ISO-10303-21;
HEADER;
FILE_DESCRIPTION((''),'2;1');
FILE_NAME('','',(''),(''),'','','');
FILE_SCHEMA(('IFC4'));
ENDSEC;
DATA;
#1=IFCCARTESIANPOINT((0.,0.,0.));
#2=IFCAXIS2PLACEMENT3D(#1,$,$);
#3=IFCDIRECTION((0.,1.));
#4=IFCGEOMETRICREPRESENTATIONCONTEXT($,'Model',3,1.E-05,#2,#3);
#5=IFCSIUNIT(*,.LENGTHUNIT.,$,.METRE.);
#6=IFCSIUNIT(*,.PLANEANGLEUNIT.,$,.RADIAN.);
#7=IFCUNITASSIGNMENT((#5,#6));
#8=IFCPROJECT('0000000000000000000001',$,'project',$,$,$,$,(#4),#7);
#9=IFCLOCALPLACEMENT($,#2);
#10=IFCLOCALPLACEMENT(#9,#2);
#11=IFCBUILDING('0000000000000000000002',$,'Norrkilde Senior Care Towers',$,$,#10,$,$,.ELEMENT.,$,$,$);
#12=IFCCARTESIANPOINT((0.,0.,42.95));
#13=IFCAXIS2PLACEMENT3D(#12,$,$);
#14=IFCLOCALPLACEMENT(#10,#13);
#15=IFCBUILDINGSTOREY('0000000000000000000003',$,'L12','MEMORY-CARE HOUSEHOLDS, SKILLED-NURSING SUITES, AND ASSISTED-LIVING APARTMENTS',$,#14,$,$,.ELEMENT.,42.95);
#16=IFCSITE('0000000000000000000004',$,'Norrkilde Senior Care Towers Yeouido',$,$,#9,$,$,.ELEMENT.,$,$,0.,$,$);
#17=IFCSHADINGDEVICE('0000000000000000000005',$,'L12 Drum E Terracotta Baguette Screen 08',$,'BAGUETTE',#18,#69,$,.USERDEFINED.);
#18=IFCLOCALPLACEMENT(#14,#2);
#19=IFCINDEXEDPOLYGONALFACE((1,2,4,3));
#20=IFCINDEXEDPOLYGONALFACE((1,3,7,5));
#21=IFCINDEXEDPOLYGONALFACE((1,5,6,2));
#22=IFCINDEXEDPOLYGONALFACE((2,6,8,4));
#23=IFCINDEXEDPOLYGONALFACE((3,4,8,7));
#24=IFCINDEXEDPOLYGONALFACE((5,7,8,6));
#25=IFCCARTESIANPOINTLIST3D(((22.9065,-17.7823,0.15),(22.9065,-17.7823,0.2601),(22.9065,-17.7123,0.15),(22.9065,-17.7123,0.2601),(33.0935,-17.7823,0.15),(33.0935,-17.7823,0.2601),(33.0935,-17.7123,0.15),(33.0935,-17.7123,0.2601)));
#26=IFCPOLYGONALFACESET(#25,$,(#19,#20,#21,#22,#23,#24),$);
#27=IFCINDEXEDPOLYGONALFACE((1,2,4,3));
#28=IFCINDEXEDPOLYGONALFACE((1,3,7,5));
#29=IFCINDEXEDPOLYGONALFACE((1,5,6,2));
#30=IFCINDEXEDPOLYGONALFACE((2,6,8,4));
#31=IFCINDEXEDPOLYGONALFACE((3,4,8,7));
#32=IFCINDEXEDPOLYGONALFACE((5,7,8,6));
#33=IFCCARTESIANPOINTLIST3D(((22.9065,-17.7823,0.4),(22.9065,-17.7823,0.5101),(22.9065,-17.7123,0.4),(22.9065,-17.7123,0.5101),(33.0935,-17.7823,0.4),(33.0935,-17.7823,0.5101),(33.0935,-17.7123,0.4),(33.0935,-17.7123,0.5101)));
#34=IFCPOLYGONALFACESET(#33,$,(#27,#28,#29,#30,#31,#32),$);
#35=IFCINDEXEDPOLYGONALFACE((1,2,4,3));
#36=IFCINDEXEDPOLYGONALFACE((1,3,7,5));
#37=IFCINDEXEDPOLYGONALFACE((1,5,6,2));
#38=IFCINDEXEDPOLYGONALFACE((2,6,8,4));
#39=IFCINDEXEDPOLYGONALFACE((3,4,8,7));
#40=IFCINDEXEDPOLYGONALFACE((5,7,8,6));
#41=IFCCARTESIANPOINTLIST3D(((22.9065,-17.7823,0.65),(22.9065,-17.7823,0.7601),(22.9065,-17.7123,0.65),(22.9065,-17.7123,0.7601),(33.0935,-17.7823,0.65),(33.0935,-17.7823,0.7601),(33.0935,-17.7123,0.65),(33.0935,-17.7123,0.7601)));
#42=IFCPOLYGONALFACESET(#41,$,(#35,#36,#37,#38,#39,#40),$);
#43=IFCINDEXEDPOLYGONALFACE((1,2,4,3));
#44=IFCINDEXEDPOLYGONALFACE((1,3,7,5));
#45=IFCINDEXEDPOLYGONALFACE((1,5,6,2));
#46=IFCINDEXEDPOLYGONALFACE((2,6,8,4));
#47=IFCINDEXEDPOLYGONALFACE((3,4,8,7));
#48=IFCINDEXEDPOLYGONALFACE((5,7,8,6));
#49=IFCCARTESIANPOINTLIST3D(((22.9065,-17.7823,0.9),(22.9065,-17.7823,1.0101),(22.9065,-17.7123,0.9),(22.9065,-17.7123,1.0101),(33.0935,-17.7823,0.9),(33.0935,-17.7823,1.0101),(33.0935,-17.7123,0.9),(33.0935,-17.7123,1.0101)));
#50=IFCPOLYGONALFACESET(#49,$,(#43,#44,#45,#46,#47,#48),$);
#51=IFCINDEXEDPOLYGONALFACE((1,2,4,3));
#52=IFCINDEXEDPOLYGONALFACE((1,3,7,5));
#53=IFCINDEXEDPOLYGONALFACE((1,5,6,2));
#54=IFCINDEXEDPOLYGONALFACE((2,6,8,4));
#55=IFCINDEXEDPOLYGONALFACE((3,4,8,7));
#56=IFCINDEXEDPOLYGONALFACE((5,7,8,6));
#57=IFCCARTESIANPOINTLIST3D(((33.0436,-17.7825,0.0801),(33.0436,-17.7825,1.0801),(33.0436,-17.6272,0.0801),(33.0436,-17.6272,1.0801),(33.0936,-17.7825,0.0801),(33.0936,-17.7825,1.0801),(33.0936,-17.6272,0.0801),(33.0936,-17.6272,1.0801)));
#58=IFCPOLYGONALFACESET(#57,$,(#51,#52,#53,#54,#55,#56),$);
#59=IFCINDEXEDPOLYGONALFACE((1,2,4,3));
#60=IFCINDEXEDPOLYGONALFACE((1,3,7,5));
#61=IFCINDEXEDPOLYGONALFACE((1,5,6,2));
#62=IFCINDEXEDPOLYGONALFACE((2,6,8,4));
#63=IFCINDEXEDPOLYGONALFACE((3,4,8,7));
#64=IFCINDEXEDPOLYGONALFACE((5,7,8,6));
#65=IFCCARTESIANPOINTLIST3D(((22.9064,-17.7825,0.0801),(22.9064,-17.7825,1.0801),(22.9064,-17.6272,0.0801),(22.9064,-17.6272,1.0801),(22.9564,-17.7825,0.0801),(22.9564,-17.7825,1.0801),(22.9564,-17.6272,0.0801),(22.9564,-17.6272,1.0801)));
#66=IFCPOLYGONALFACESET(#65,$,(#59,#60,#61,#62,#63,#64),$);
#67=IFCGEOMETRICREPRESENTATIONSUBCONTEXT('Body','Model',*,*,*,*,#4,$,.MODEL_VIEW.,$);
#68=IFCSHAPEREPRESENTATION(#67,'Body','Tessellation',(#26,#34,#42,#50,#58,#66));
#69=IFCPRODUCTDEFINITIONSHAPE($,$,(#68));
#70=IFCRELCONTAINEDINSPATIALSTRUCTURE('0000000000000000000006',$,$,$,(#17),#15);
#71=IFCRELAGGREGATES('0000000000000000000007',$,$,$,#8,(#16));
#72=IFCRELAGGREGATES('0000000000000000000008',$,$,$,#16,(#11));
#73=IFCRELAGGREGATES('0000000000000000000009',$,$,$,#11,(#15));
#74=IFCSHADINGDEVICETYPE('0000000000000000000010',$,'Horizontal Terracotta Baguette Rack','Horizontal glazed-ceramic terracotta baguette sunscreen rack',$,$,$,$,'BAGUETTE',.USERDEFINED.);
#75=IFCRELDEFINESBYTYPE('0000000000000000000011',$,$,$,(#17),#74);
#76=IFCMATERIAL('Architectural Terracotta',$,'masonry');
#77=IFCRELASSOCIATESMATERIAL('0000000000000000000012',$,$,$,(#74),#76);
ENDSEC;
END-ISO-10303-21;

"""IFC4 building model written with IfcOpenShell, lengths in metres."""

from ifc_helpers import new_model, si_unit, direction, frame, origin, origin_2d, place, context, subcontext, project, spatial, rectangle, extrude, source, transform, mapped, material, type_object, type_shapes, element, save


model = new_model("IFC4")

# Units and contexts
model_context = context("Model", 3, precision=1e-05, world=origin(), true_north=direction((0.0, 1.0)))
body_context = subcontext(model_context, "Body", "Model", "MODEL_VIEW")
ifc_project = project(units=[si_unit("LENGTHUNIT", "METRE"), si_unit("PLANEANGLEUNIT", "RADIAN")], contexts=[model_context])

# Site, building, storey
site_placement = place(None, origin())
site = spatial("IfcSite", under=ifc_project, at=site_placement, Name="Norrkilde Senior Care Towers Yeouido", CompositionType="ELEMENT", RefElevation=0.0)
building_placement = place(site_placement, origin())
building = spatial("IfcBuilding", under=site, at=building_placement, Name="Norrkilde Senior Care Towers", CompositionType="ELEMENT")
storey_placement = place(building_placement, frame((0.0, 0.0, 42.95)))
storey = spatial("IfcBuildingStorey", under=building, at=storey_placement, Name="L12", Description="MEMORY-CARE HOUSEHOLDS, SKILLED-NURSING SUITES, AND ASSISTED-LIVING APARTMENTS", CompositionType="ELEMENT", Elevation=42.95)

# Shading device
ifc_material_1 = material(Name="Architectural Terracotta", Category="masonry")
shading_device_type = type_object("IfcShadingDeviceType", Name="Horizontal Terracotta Baguette Rack", Description="Horizontal glazed-ceramic terracotta baguette sunscreen rack", ElementType="BAGUETTE", PredefinedType="USERDEFINED", material=ifc_material_1)
shared_shape_1 = source(origin(), body_context, "Body", "SweptSolid", [
    extrude(rectangle(XDim=0.0701, YDim=0.1101, at=origin_2d()), frame((0.0, 0.0901, 0.125), z_axis=(1.0, 0.0, 0.0), x_axis=(0.0, 1.0, 0.0)), (0.0, 0.0, 1.0), 10.187),
    extrude(rectangle(XDim=0.0701, YDim=0.1101, at=origin_2d()), frame((0.0, 0.0901, 0.375), z_axis=(1.0, 0.0, 0.0), x_axis=(0.0, 1.0, 0.0)), (0.0, 0.0, 1.0), 10.187),
    extrude(rectangle(XDim=0.0701, YDim=0.1101, at=origin_2d()), frame((0.0, 0.0901, 0.625), z_axis=(1.0, 0.0, 0.0), x_axis=(0.0, 1.0, 0.0)), (0.0, 0.0, 1.0), 10.187),
    extrude(rectangle(XDim=0.0701, YDim=0.1101, at=origin_2d()), frame((0.0, 0.0901, 0.875), z_axis=(1.0, 0.0, 0.0), x_axis=(0.0, 1.0, 0.0)), (0.0, 0.0, 1.0), 10.187),
    extrude(rectangle(XDim=0.05, YDim=0.1553, at=origin_2d()), frame((0.0249, 0.0476, 0.0)), (0.0, 0.0, 1.0), 1.0),
    extrude(rectangle(XDim=0.05, YDim=0.1553, at=origin_2d()), frame((10.1621, 0.0476, 0.0)), (0.0, 0.0, 1.0), 1.0),
])
type_shapes(shading_device_type, [shared_shape_1])
shading_device_placement = place(storey_placement, frame((33.0935, -17.6572, 0.0801), z_axis=(0.0, 0.0, 1.0), x_axis=(-1.0, 0.0, 0.0)))
element("IfcShadingDevice", 1, at=shading_device_placement, inside=storey, type_object=shading_device_type, Name="L12 Drum E Terracotta Baguette Screen 08", ObjectType="BAGUETTE", PredefinedType="USERDEFINED", context=body_context, shape_type="MappedRepresentation", body=[
    mapped(shared_shape_1, transform((0.0, 0.0, 0.0), x_axis=(1.0, 0.0, 0.0), y_axis=(0.0, 1.0, 0.0), z_axis=(0.0, 0.0, 1.0), scale=1.0)),
])

save(model, "model.ifc")
